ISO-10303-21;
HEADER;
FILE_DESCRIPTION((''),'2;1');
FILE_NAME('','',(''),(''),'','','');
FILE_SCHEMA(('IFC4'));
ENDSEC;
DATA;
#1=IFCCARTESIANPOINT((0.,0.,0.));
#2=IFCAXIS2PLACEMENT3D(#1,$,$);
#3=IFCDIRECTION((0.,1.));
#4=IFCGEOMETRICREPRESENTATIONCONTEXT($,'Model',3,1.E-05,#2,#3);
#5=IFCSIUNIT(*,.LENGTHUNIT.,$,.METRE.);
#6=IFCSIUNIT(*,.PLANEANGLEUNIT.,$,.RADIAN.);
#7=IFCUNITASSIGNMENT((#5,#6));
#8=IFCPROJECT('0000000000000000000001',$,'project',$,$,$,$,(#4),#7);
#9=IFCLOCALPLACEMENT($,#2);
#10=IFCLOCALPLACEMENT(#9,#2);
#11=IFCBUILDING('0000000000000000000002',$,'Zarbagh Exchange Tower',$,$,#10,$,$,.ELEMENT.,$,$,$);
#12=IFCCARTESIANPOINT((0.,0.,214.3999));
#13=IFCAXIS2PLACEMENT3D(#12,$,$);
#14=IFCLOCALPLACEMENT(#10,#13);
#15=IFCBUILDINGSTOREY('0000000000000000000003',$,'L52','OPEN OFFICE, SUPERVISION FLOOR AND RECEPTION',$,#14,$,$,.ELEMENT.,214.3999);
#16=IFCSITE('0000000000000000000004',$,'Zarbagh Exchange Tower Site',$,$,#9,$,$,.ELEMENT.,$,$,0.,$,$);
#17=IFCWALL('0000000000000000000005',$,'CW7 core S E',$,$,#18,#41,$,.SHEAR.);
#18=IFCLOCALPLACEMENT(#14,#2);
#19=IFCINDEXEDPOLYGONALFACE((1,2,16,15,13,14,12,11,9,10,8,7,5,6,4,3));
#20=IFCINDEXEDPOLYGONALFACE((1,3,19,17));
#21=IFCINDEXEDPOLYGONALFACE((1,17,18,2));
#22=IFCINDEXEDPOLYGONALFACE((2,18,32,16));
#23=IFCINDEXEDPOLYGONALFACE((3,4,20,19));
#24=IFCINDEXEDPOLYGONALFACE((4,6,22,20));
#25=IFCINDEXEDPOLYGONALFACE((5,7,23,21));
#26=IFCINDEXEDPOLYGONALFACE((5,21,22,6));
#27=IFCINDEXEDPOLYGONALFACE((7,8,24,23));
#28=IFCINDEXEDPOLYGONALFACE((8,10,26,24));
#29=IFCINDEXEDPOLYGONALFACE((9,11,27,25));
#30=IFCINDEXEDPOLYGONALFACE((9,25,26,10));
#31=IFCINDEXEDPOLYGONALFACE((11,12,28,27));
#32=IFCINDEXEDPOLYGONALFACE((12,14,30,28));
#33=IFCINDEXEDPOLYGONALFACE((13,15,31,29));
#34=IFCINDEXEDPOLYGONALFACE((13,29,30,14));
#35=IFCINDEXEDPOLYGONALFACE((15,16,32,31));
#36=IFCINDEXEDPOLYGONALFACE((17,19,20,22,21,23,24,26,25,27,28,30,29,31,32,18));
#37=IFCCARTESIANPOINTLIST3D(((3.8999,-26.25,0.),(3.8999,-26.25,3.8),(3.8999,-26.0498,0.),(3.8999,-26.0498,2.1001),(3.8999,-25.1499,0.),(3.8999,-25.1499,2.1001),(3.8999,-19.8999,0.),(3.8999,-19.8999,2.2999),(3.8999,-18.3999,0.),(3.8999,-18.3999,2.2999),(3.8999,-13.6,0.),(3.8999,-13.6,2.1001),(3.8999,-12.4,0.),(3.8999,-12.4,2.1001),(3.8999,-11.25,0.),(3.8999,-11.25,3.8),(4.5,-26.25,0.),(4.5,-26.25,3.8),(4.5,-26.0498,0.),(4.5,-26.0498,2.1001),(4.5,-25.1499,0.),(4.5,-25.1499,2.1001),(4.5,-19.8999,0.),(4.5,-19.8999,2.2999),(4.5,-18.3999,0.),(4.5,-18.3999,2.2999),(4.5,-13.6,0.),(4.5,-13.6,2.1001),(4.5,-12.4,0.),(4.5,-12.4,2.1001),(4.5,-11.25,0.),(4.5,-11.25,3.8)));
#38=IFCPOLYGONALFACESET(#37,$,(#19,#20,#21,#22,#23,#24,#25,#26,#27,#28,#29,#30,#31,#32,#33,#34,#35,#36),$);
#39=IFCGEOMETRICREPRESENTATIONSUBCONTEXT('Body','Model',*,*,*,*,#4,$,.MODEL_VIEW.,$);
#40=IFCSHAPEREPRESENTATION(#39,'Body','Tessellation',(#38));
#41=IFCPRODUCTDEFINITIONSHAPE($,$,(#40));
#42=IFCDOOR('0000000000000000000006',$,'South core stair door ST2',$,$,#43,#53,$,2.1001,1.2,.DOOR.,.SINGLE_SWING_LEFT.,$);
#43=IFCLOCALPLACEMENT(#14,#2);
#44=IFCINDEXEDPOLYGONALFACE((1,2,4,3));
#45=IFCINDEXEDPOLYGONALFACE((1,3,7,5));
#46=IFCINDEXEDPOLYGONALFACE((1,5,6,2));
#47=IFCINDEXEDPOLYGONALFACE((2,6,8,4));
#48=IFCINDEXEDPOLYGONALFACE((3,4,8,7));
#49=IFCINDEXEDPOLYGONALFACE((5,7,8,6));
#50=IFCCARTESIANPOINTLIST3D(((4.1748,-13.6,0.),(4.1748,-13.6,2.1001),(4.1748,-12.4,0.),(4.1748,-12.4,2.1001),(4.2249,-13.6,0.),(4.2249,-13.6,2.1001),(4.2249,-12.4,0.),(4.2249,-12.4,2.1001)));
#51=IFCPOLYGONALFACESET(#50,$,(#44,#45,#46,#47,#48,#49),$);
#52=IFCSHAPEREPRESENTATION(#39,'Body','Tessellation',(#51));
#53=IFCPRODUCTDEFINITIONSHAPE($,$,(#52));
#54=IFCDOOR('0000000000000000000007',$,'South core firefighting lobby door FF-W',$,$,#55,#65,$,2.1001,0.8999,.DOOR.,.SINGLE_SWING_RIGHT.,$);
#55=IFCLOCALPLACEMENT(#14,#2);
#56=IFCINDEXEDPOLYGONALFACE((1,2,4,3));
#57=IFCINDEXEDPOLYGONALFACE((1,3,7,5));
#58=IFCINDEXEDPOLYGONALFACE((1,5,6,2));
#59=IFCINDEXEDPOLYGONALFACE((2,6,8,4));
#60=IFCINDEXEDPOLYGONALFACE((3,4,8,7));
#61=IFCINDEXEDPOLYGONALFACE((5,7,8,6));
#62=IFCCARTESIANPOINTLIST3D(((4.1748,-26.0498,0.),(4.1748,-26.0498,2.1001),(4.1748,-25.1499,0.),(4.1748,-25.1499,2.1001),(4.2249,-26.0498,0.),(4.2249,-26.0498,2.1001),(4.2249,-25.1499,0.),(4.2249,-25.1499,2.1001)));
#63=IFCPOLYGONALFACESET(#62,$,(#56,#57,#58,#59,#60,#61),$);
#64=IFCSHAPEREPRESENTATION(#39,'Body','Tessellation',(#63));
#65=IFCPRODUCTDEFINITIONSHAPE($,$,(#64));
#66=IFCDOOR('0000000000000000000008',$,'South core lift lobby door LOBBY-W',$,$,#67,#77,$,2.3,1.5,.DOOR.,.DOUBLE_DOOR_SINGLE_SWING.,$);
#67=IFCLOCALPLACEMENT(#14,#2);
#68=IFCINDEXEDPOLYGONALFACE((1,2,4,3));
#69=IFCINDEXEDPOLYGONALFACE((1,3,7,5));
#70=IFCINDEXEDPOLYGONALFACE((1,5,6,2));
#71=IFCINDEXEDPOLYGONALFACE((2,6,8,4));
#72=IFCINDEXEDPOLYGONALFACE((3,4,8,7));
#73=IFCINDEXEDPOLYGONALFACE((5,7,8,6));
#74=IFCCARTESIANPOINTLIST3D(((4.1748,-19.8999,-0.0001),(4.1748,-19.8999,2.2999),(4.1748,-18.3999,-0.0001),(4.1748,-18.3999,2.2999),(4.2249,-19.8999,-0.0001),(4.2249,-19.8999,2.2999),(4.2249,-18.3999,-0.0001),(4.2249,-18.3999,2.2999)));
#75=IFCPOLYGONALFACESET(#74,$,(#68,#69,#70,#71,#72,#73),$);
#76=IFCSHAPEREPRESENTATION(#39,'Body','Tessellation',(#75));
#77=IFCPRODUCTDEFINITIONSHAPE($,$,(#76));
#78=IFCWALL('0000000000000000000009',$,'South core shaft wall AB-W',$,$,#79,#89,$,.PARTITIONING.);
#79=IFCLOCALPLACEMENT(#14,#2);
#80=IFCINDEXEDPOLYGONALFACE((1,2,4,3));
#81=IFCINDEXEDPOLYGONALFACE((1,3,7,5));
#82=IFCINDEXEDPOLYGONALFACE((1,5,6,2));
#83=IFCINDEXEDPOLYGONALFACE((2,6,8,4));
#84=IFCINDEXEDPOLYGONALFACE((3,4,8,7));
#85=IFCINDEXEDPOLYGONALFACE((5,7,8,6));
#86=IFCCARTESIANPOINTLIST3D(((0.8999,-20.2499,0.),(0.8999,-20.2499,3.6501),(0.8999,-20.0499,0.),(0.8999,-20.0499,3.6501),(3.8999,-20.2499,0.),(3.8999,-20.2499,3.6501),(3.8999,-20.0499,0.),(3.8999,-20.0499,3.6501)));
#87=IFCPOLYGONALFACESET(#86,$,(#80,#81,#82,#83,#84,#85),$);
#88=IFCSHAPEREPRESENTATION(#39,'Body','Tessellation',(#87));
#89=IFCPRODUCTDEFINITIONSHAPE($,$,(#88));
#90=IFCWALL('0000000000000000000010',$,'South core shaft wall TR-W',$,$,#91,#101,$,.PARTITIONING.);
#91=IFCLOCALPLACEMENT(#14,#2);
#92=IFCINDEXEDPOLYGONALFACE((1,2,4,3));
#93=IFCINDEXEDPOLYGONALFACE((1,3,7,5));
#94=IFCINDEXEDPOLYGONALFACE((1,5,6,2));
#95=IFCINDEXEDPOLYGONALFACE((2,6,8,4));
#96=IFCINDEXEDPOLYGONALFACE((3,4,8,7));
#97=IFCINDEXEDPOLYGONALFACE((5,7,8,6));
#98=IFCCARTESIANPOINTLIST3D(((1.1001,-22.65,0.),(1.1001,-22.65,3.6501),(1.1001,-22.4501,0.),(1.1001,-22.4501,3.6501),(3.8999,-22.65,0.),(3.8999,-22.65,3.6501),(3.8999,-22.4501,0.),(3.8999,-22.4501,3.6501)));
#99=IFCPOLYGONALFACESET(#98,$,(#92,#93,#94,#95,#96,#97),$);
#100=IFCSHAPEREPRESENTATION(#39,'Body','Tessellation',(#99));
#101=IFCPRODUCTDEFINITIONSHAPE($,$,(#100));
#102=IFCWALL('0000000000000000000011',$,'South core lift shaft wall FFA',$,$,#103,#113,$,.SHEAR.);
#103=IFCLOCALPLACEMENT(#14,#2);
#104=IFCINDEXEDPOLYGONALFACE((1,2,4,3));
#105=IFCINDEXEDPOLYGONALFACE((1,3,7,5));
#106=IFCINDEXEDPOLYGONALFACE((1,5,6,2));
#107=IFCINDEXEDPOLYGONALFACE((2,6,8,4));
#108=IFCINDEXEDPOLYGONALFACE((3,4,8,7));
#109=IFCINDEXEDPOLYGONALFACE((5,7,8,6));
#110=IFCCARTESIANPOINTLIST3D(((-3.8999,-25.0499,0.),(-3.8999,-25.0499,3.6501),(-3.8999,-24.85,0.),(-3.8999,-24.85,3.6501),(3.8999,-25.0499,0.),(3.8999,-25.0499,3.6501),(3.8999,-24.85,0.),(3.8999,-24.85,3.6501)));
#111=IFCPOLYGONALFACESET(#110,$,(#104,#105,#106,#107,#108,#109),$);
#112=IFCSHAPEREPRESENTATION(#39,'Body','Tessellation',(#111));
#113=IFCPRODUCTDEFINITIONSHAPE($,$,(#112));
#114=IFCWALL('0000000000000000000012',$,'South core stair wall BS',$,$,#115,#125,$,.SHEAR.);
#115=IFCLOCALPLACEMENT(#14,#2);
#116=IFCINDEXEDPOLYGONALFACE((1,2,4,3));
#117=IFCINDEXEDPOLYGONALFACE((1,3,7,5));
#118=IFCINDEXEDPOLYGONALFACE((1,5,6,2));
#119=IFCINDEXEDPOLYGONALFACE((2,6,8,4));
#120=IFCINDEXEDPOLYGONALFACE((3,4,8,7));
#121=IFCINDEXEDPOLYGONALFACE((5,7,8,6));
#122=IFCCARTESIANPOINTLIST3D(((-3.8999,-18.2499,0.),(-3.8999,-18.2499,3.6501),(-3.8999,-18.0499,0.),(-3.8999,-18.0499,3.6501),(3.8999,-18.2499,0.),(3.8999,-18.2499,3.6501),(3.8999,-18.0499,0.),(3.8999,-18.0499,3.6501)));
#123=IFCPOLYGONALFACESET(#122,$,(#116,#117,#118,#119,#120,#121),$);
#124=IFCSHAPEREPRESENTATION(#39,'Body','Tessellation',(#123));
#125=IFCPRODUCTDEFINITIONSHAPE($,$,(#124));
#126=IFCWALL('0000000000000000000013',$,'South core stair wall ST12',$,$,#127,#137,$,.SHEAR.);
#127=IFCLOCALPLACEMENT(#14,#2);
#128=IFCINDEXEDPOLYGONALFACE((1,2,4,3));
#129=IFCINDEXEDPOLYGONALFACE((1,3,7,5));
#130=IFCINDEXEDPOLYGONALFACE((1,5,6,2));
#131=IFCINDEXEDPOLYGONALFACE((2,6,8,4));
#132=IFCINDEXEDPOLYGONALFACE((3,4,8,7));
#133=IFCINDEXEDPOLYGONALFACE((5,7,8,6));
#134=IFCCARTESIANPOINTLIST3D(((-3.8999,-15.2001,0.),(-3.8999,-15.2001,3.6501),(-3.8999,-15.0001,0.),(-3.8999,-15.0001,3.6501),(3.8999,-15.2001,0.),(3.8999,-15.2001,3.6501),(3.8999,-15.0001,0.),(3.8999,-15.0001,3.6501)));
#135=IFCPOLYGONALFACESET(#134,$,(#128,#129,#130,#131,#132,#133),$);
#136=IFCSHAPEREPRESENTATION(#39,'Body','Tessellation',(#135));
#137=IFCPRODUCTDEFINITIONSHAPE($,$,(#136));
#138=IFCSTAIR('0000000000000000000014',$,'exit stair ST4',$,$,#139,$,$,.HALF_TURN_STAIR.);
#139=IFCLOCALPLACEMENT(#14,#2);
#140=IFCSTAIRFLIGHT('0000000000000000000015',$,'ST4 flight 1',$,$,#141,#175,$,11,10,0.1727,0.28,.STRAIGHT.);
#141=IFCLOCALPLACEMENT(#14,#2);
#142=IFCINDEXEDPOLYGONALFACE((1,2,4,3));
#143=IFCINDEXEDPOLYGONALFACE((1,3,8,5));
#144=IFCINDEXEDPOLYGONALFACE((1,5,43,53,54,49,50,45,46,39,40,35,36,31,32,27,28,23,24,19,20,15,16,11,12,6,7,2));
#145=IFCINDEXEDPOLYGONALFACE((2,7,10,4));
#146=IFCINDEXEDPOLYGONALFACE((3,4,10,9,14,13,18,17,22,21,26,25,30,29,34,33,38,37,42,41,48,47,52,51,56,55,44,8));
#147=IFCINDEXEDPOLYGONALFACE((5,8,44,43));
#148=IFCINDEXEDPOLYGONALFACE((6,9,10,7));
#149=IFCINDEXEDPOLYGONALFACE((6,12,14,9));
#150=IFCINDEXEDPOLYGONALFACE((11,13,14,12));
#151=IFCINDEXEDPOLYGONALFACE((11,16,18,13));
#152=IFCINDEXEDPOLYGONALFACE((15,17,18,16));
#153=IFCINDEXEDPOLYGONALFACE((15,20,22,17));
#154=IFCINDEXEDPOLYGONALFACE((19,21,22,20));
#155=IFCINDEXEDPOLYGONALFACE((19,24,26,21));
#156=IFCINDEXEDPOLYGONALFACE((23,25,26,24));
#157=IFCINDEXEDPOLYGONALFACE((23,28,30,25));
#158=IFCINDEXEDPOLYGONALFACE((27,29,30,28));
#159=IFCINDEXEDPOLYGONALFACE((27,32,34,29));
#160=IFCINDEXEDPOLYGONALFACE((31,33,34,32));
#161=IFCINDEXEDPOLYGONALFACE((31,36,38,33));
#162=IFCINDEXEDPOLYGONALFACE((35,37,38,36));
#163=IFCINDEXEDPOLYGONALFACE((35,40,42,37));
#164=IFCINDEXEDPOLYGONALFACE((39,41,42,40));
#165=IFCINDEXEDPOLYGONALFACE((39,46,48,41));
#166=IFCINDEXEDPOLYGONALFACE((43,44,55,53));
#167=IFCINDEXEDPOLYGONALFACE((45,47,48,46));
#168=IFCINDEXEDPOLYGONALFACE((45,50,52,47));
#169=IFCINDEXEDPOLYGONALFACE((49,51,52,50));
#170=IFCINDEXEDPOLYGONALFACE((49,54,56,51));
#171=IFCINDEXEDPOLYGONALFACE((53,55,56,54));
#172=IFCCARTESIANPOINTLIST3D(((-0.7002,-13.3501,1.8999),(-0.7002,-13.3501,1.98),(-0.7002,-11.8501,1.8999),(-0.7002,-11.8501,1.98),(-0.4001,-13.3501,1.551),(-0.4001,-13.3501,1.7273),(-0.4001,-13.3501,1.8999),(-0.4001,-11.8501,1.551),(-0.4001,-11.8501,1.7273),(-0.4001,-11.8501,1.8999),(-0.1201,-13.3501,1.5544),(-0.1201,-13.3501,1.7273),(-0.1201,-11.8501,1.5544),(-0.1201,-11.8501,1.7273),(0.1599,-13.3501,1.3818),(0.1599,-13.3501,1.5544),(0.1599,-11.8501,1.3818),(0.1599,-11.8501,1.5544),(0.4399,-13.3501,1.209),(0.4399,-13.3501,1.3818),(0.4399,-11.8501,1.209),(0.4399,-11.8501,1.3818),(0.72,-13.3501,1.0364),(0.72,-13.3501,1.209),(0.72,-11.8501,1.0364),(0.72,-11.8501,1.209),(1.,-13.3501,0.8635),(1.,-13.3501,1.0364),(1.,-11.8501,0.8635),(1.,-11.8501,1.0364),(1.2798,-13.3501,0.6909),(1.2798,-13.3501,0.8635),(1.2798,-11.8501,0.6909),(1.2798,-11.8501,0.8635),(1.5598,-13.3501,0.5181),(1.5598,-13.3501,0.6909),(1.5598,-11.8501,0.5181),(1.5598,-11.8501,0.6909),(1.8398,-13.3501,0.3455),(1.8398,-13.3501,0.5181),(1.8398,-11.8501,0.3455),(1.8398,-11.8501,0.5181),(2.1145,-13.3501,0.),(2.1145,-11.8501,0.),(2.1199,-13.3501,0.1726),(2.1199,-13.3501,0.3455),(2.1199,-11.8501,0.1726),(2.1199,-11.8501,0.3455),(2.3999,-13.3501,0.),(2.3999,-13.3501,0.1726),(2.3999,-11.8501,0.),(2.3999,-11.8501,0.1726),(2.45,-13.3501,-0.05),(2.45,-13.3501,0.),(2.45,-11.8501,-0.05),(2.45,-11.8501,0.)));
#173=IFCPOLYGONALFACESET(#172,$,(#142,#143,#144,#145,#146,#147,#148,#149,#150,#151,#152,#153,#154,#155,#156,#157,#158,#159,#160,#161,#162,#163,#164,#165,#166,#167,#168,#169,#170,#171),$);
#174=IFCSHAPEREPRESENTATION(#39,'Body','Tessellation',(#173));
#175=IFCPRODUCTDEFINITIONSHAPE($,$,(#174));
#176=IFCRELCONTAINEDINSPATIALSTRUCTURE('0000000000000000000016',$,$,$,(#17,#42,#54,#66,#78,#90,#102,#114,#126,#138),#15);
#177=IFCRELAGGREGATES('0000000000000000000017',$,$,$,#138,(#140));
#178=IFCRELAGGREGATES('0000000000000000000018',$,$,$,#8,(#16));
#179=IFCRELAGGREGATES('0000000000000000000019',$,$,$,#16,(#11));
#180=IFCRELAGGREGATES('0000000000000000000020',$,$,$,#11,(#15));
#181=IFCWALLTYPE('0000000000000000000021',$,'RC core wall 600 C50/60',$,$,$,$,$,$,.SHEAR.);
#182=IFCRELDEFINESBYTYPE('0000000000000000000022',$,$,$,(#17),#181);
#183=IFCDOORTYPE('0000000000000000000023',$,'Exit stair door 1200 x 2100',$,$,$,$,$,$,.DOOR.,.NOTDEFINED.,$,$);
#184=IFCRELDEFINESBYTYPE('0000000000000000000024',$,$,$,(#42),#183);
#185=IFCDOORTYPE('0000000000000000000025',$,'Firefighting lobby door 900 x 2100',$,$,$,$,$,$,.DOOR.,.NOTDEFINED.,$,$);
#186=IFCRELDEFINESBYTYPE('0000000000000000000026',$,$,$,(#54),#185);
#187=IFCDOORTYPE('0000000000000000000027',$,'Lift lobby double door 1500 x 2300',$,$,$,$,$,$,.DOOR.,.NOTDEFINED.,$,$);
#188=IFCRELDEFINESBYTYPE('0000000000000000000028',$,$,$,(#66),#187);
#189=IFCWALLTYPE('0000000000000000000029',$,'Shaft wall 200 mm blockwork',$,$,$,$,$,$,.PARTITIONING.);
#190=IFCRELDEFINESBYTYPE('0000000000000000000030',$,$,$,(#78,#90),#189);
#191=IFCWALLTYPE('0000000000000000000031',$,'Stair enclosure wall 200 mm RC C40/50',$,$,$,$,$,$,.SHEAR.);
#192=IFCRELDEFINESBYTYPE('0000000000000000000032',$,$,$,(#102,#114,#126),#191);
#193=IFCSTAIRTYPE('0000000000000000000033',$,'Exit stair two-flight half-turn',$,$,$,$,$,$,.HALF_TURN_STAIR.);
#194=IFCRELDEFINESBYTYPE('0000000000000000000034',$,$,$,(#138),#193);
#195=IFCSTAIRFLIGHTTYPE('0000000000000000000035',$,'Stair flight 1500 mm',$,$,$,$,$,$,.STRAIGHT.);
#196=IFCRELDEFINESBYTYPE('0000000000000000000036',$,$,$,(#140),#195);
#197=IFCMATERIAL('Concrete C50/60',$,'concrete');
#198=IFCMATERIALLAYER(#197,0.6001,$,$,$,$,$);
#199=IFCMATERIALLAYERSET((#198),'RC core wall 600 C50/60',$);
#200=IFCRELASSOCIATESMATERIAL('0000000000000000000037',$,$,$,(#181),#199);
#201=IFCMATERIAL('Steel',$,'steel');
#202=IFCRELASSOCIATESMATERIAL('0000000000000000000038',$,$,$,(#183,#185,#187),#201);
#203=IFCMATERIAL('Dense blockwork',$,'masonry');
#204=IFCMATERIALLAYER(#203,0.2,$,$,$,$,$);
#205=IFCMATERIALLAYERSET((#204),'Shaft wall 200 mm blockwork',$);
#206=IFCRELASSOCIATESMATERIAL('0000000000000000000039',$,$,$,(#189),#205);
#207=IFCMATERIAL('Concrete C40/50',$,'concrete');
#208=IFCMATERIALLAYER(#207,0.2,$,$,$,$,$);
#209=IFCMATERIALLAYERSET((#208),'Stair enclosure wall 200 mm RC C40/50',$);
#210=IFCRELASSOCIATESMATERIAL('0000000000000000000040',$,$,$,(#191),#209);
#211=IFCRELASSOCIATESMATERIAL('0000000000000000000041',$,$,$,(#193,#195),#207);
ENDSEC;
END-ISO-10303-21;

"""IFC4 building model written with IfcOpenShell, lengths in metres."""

from ifc_helpers import new_model, si_unit, direction, frame, frame_2d, origin, place, context, subcontext, project, spatial, polyline, rectangle, outline, extrude, material, layer, layer_set, type_object, element, fill, aggregate, save


model = new_model("IFC4")

# Units and contexts
model_context = context("Model", 3, precision=1e-05, world=origin(), true_north=direction((0.0, 1.0)))
body_context = subcontext(model_context, "Body", "Model", "MODEL_VIEW")
ifc_project = project(units=[si_unit("LENGTHUNIT", "METRE"), si_unit("PLANEANGLEUNIT", "RADIAN")], contexts=[model_context])

# Site, building, storey
site_placement = place(None, origin())
site = spatial("IfcSite", under=ifc_project, at=site_placement, Name="Zarbagh Exchange Tower Site", CompositionType="ELEMENT", RefElevation=0.0)
building_placement = place(site_placement, origin())
building = spatial("IfcBuilding", under=site, at=building_placement, Name="Zarbagh Exchange Tower", CompositionType="ELEMENT")
storey_placement = place(building_placement, frame((0.0, 0.0, 214.3999)))
storey = spatial("IfcBuildingStorey", under=building, at=storey_placement, Name="L52", Description="OPEN OFFICE, SUPERVISION FLOOR AND RECEPTION", CompositionType="ELEMENT", Elevation=214.3999)

# Shared definitions
ifc_material_1 = material(Name="Concrete C50/60", Category="concrete")

# Wall, openings, doors
ifc_layer_1 = layer(ifc_material_1, 0.6001)
ifc_layer_set_1 = layer_set([ifc_layer_1], Name="RC core wall 600 C50/60")
wall_type_1 = type_object("IfcWallType", Name="RC core wall 600 C50/60", PredefinedType="SHEAR", material=ifc_layer_set_1)
wall_1_placement = place(storey_placement, frame((4.2, -11.25, 0.0), z_axis=(0.0, 0.0, 1.0), x_axis=(0.0, -1.0, 0.0)))
wall_1 = element("IfcWall", 1, at=wall_1_placement, inside=storey, type_object=wall_type_1, Name="CW7 core S E", PredefinedType="SHEAR", context=body_context, shape_type="SweptSolid", body=[
    extrude(rectangle(XDim=15.0, YDim=0.6001, at=frame_2d((7.5, 0.0))), origin(), (0.0, 0.0, 1.0), 3.8),
])
opening_1_placement = place(wall_1_placement, frame((7.1499, 0.0, 0.0)))
opening_1 = element("IfcOpeningElement", 2, at=opening_1_placement, cuts=wall_1, PredefinedType="OPENING", context=body_context, shape_type="SweptSolid", body=[
    extrude(rectangle(XDim=1.5, YDim=2.3, at=frame_2d((0.75, 1.1499))), frame((0.0, 0.3101, 0.0), z_axis=(0.0, -1.0, 0.0), x_axis=(1.0, 0.0, 0.0)), (0.0, 0.0, 1.0), 0.6201),
])
opening_2_placement = place(wall_1_placement, frame((13.8999, 0.0, 0.0)))
opening_2 = element("IfcOpeningElement", 3, at=opening_2_placement, cuts=wall_1, PredefinedType="OPENING", context=body_context, shape_type="SweptSolid", body=[
    extrude(rectangle(XDim=0.8999, YDim=2.1001, at=frame_2d((0.45, 1.05))), frame((0.0, 0.3101, 0.0), z_axis=(0.0, -1.0, 0.0), x_axis=(1.0, 0.0, 0.0)), (0.0, 0.0, 1.0), 0.6201),
])
opening_3_placement = place(wall_1_placement, frame((1.1499, 0.0, 0.0)))
opening_3 = element("IfcOpeningElement", 4, at=opening_3_placement, cuts=wall_1, PredefinedType="OPENING", context=body_context, shape_type="SweptSolid", body=[
    extrude(rectangle(XDim=1.2, YDim=2.1001, at=frame_2d((0.6001, 1.05))), frame((0.0, 0.3101, 0.0), z_axis=(0.0, -1.0, 0.0), x_axis=(1.0, 0.0, 0.0)), (0.0, 0.0, 1.0), 0.6201),
])
ifc_material_2 = material(Name="Steel", Category="steel")
door_type_1 = type_object("IfcDoorType", Name="Exit stair door 1200 x 2100", OperationType="NOTDEFINED", PredefinedType="DOOR", material=ifc_material_2)
door_1_placement = place(opening_3_placement, origin())
door_1 = element("IfcDoor", 5, at=door_1_placement, inside=storey, type_object=door_type_1, Name="South core stair door ST2", OperationType="SINGLE_SWING_LEFT", OverallHeight=2.1001, OverallWidth=1.2, PredefinedType="DOOR", context=body_context, shape_type="SweptSolid", body=[
    extrude(rectangle(XDim=1.2, YDim=2.1001, at=frame_2d((0.6001, 1.05))), frame((0.0, 0.0249, 0.0), z_axis=(0.0, -1.0, 0.0), x_axis=(1.0, 0.0, 0.0)), (0.0, 0.0, 1.0), 0.05),
])
fill(opening_3, door_1)
door_type_2 = type_object("IfcDoorType", Name="Firefighting lobby door 900 x 2100", OperationType="NOTDEFINED", PredefinedType="DOOR", material=ifc_material_2)
door_2_placement = place(opening_2_placement, origin())
door_2 = element("IfcDoor", 6, at=door_2_placement, inside=storey, type_object=door_type_2, Name="South core firefighting lobby door FF-W", OperationType="SINGLE_SWING_RIGHT", OverallHeight=2.1001, OverallWidth=0.8999, PredefinedType="DOOR", context=body_context, shape_type="SweptSolid", body=[
    extrude(rectangle(XDim=0.8999, YDim=2.1001, at=frame_2d((0.45, 1.05))), frame((0.0, 0.0249, 0.0), z_axis=(0.0, -1.0, 0.0), x_axis=(1.0, 0.0, 0.0)), (0.0, 0.0, 1.0), 0.05),
])
fill(opening_2, door_2)
door_type_3 = type_object("IfcDoorType", Name="Lift lobby double door 1500 x 2300", OperationType="NOTDEFINED", PredefinedType="DOOR", material=ifc_material_2)
door_3_placement = place(opening_1_placement, origin())
door_3 = element("IfcDoor", 7, at=door_3_placement, inside=storey, type_object=door_type_3, Name="South core lift lobby door LOBBY-W", OperationType="DOUBLE_DOOR_SINGLE_SWING", OverallHeight=2.3, OverallWidth=1.5, PredefinedType="DOOR", context=body_context, shape_type="SweptSolid", body=[
    extrude(rectangle(XDim=1.5, YDim=2.3, at=frame_2d((0.75, 1.1499))), frame((0.0, 0.0249, 0.0), z_axis=(0.0, -1.0, 0.0), x_axis=(1.0, 0.0, 0.0)), (0.0, 0.0, 1.0), 0.05),
])
fill(opening_1, door_3)

# Walls
ifc_material_3 = material(Name="Dense blockwork", Category="masonry")
ifc_layer_2 = layer(ifc_material_3, 0.2)
ifc_layer_set_2 = layer_set([ifc_layer_2], Name="Shaft wall 200 mm blockwork")
wall_type_2 = type_object("IfcWallType", Name="Shaft wall 200 mm blockwork", PredefinedType="PARTITIONING", material=ifc_layer_set_2)
wall_2_placement = place(storey_placement, frame((3.8999, -20.1499, 0.0), z_axis=(0.0, 0.0, 1.0), x_axis=(-1.0, 0.0, 0.0)))
element("IfcWall", 8, at=wall_2_placement, inside=storey, type_object=wall_type_2, Name="South core shaft wall AB-W", PredefinedType="PARTITIONING", context=body_context, shape_type="SweptSolid", body=[
    extrude(rectangle(XDim=3.0, YDim=0.2, at=frame_2d((1.5, 0.0))), origin(), (0.0, 0.0, 1.0), 3.6501),
])
wall_3_placement = place(storey_placement, frame((3.8999, -22.55, 0.0), z_axis=(0.0, 0.0, 1.0), x_axis=(-1.0, 0.0, 0.0)))
element("IfcWall", 9, at=wall_3_placement, inside=storey, type_object=wall_type_2, Name="South core shaft wall TR-W", PredefinedType="PARTITIONING", context=body_context, shape_type="SweptSolid", body=[
    extrude(rectangle(XDim=2.7998, YDim=0.2, at=frame_2d((1.3999, 0.0))), origin(), (0.0, 0.0, 1.0), 3.6501),
])
ifc_material_4 = material(Name="Concrete C40/50", Category="concrete")
ifc_layer_3 = layer(ifc_material_4, 0.2)
ifc_layer_set_3 = layer_set([ifc_layer_3], Name="Stair enclosure wall 200 mm RC C40/50")
wall_type_3 = type_object("IfcWallType", Name="Stair enclosure wall 200 mm RC C40/50", PredefinedType="SHEAR", material=ifc_layer_set_3)
for number, where, z_axis, x_axis, name in (
    (10, (3.8999, -24.95, 0.0), (0.0, 0.0, 1.0), (-1.0, 0.0, 0.0), "South core lift shaft wall FFA"),
    (11, (3.8999, -18.1499, 0.0), (0.0, 0.0, 1.0), (-1.0, 0.0, 0.0), "South core stair wall BS"),
    (12, (3.8999, -15.1001, 0.0), (0.0, 0.0, 1.0), (-1.0, 0.0, 0.0), "South core stair wall ST12"),
):
    element("IfcWall", number, at=place(storey_placement, frame(where, z_axis=z_axis, x_axis=x_axis)), inside=storey, type_object=wall_type_3, Name=name, PredefinedType="SHEAR", context=body_context, shape_type="SweptSolid", body=[
        extrude(rectangle(XDim=7.7998, YDim=0.2, at=frame_2d((3.8999, 0.0))), origin(), (0.0, 0.0, 1.0), 3.6501),
    ])

# Stair, stair flight
stair_type = type_object("IfcStairType", Name="Exit stair two-flight half-turn", PredefinedType="HALF_TURN_STAIR", material=ifc_material_4)
stair_placement = place(storey_placement, origin())
stair = element("IfcStair", 13, at=stair_placement, inside=storey, type_object=stair_type, Name="exit stair ST4", PredefinedType="HALF_TURN_STAIR")
stair_flight_type = type_object("IfcStairFlightType", Name="Stair flight 1500 mm", PredefinedType="STRAIGHT", material=ifc_material_4)
stair_flight_placement = place(storey_placement, frame((2.3999, -12.6001, 0.0), z_axis=(0.0, 0.0, 1.0), x_axis=(-1.0, 0.0, 0.0)))
stair_flight = element("IfcStairFlight", 14, at=stair_flight_placement, type_object=stair_flight_type, Name="ST4 flight 1", NumberOfRisers=11, NumberOfTreads=10, PredefinedType="STRAIGHT", RiserHeight=0.1727, TreadLength=0.28, context=body_context, shape_type="SweptSolid", body=[
    extrude(outline(polyline([(-0.05, -0.05), (-0.05, 0.0), (0.0, 0.0), (0.0, 0.1726), (0.28, 0.1726), (0.28, 0.3455), (0.5601, 0.3455), (0.5601, 0.5181), (0.8401, 0.5181), (0.8401, 0.6909), (1.1201, 0.6909), (1.1201, 0.8635), (1.3999, 0.8635), (1.3999, 1.0364), (1.6799, 1.0364), (1.6799, 1.209), (1.96, 1.209), (1.96, 1.3818), (2.24, 1.3818), (2.24, 1.5544), (2.52, 1.5544), (2.52, 1.7273), (2.8, 1.7273), (2.8, 1.8999), (3.1001, 1.98), (3.1001, 1.8999), (2.8, 1.551), (0.2854, 0.0), (-0.05, -0.05)])), frame((0.0, 0.75, 0.0), z_axis=(0.0, -1.0, 0.0), x_axis=(1.0, 0.0, 0.0)), (0.0, 0.0, 1.0), 1.5),
])
aggregate(stair, [stair_flight])

save(model, "model.ifc")
